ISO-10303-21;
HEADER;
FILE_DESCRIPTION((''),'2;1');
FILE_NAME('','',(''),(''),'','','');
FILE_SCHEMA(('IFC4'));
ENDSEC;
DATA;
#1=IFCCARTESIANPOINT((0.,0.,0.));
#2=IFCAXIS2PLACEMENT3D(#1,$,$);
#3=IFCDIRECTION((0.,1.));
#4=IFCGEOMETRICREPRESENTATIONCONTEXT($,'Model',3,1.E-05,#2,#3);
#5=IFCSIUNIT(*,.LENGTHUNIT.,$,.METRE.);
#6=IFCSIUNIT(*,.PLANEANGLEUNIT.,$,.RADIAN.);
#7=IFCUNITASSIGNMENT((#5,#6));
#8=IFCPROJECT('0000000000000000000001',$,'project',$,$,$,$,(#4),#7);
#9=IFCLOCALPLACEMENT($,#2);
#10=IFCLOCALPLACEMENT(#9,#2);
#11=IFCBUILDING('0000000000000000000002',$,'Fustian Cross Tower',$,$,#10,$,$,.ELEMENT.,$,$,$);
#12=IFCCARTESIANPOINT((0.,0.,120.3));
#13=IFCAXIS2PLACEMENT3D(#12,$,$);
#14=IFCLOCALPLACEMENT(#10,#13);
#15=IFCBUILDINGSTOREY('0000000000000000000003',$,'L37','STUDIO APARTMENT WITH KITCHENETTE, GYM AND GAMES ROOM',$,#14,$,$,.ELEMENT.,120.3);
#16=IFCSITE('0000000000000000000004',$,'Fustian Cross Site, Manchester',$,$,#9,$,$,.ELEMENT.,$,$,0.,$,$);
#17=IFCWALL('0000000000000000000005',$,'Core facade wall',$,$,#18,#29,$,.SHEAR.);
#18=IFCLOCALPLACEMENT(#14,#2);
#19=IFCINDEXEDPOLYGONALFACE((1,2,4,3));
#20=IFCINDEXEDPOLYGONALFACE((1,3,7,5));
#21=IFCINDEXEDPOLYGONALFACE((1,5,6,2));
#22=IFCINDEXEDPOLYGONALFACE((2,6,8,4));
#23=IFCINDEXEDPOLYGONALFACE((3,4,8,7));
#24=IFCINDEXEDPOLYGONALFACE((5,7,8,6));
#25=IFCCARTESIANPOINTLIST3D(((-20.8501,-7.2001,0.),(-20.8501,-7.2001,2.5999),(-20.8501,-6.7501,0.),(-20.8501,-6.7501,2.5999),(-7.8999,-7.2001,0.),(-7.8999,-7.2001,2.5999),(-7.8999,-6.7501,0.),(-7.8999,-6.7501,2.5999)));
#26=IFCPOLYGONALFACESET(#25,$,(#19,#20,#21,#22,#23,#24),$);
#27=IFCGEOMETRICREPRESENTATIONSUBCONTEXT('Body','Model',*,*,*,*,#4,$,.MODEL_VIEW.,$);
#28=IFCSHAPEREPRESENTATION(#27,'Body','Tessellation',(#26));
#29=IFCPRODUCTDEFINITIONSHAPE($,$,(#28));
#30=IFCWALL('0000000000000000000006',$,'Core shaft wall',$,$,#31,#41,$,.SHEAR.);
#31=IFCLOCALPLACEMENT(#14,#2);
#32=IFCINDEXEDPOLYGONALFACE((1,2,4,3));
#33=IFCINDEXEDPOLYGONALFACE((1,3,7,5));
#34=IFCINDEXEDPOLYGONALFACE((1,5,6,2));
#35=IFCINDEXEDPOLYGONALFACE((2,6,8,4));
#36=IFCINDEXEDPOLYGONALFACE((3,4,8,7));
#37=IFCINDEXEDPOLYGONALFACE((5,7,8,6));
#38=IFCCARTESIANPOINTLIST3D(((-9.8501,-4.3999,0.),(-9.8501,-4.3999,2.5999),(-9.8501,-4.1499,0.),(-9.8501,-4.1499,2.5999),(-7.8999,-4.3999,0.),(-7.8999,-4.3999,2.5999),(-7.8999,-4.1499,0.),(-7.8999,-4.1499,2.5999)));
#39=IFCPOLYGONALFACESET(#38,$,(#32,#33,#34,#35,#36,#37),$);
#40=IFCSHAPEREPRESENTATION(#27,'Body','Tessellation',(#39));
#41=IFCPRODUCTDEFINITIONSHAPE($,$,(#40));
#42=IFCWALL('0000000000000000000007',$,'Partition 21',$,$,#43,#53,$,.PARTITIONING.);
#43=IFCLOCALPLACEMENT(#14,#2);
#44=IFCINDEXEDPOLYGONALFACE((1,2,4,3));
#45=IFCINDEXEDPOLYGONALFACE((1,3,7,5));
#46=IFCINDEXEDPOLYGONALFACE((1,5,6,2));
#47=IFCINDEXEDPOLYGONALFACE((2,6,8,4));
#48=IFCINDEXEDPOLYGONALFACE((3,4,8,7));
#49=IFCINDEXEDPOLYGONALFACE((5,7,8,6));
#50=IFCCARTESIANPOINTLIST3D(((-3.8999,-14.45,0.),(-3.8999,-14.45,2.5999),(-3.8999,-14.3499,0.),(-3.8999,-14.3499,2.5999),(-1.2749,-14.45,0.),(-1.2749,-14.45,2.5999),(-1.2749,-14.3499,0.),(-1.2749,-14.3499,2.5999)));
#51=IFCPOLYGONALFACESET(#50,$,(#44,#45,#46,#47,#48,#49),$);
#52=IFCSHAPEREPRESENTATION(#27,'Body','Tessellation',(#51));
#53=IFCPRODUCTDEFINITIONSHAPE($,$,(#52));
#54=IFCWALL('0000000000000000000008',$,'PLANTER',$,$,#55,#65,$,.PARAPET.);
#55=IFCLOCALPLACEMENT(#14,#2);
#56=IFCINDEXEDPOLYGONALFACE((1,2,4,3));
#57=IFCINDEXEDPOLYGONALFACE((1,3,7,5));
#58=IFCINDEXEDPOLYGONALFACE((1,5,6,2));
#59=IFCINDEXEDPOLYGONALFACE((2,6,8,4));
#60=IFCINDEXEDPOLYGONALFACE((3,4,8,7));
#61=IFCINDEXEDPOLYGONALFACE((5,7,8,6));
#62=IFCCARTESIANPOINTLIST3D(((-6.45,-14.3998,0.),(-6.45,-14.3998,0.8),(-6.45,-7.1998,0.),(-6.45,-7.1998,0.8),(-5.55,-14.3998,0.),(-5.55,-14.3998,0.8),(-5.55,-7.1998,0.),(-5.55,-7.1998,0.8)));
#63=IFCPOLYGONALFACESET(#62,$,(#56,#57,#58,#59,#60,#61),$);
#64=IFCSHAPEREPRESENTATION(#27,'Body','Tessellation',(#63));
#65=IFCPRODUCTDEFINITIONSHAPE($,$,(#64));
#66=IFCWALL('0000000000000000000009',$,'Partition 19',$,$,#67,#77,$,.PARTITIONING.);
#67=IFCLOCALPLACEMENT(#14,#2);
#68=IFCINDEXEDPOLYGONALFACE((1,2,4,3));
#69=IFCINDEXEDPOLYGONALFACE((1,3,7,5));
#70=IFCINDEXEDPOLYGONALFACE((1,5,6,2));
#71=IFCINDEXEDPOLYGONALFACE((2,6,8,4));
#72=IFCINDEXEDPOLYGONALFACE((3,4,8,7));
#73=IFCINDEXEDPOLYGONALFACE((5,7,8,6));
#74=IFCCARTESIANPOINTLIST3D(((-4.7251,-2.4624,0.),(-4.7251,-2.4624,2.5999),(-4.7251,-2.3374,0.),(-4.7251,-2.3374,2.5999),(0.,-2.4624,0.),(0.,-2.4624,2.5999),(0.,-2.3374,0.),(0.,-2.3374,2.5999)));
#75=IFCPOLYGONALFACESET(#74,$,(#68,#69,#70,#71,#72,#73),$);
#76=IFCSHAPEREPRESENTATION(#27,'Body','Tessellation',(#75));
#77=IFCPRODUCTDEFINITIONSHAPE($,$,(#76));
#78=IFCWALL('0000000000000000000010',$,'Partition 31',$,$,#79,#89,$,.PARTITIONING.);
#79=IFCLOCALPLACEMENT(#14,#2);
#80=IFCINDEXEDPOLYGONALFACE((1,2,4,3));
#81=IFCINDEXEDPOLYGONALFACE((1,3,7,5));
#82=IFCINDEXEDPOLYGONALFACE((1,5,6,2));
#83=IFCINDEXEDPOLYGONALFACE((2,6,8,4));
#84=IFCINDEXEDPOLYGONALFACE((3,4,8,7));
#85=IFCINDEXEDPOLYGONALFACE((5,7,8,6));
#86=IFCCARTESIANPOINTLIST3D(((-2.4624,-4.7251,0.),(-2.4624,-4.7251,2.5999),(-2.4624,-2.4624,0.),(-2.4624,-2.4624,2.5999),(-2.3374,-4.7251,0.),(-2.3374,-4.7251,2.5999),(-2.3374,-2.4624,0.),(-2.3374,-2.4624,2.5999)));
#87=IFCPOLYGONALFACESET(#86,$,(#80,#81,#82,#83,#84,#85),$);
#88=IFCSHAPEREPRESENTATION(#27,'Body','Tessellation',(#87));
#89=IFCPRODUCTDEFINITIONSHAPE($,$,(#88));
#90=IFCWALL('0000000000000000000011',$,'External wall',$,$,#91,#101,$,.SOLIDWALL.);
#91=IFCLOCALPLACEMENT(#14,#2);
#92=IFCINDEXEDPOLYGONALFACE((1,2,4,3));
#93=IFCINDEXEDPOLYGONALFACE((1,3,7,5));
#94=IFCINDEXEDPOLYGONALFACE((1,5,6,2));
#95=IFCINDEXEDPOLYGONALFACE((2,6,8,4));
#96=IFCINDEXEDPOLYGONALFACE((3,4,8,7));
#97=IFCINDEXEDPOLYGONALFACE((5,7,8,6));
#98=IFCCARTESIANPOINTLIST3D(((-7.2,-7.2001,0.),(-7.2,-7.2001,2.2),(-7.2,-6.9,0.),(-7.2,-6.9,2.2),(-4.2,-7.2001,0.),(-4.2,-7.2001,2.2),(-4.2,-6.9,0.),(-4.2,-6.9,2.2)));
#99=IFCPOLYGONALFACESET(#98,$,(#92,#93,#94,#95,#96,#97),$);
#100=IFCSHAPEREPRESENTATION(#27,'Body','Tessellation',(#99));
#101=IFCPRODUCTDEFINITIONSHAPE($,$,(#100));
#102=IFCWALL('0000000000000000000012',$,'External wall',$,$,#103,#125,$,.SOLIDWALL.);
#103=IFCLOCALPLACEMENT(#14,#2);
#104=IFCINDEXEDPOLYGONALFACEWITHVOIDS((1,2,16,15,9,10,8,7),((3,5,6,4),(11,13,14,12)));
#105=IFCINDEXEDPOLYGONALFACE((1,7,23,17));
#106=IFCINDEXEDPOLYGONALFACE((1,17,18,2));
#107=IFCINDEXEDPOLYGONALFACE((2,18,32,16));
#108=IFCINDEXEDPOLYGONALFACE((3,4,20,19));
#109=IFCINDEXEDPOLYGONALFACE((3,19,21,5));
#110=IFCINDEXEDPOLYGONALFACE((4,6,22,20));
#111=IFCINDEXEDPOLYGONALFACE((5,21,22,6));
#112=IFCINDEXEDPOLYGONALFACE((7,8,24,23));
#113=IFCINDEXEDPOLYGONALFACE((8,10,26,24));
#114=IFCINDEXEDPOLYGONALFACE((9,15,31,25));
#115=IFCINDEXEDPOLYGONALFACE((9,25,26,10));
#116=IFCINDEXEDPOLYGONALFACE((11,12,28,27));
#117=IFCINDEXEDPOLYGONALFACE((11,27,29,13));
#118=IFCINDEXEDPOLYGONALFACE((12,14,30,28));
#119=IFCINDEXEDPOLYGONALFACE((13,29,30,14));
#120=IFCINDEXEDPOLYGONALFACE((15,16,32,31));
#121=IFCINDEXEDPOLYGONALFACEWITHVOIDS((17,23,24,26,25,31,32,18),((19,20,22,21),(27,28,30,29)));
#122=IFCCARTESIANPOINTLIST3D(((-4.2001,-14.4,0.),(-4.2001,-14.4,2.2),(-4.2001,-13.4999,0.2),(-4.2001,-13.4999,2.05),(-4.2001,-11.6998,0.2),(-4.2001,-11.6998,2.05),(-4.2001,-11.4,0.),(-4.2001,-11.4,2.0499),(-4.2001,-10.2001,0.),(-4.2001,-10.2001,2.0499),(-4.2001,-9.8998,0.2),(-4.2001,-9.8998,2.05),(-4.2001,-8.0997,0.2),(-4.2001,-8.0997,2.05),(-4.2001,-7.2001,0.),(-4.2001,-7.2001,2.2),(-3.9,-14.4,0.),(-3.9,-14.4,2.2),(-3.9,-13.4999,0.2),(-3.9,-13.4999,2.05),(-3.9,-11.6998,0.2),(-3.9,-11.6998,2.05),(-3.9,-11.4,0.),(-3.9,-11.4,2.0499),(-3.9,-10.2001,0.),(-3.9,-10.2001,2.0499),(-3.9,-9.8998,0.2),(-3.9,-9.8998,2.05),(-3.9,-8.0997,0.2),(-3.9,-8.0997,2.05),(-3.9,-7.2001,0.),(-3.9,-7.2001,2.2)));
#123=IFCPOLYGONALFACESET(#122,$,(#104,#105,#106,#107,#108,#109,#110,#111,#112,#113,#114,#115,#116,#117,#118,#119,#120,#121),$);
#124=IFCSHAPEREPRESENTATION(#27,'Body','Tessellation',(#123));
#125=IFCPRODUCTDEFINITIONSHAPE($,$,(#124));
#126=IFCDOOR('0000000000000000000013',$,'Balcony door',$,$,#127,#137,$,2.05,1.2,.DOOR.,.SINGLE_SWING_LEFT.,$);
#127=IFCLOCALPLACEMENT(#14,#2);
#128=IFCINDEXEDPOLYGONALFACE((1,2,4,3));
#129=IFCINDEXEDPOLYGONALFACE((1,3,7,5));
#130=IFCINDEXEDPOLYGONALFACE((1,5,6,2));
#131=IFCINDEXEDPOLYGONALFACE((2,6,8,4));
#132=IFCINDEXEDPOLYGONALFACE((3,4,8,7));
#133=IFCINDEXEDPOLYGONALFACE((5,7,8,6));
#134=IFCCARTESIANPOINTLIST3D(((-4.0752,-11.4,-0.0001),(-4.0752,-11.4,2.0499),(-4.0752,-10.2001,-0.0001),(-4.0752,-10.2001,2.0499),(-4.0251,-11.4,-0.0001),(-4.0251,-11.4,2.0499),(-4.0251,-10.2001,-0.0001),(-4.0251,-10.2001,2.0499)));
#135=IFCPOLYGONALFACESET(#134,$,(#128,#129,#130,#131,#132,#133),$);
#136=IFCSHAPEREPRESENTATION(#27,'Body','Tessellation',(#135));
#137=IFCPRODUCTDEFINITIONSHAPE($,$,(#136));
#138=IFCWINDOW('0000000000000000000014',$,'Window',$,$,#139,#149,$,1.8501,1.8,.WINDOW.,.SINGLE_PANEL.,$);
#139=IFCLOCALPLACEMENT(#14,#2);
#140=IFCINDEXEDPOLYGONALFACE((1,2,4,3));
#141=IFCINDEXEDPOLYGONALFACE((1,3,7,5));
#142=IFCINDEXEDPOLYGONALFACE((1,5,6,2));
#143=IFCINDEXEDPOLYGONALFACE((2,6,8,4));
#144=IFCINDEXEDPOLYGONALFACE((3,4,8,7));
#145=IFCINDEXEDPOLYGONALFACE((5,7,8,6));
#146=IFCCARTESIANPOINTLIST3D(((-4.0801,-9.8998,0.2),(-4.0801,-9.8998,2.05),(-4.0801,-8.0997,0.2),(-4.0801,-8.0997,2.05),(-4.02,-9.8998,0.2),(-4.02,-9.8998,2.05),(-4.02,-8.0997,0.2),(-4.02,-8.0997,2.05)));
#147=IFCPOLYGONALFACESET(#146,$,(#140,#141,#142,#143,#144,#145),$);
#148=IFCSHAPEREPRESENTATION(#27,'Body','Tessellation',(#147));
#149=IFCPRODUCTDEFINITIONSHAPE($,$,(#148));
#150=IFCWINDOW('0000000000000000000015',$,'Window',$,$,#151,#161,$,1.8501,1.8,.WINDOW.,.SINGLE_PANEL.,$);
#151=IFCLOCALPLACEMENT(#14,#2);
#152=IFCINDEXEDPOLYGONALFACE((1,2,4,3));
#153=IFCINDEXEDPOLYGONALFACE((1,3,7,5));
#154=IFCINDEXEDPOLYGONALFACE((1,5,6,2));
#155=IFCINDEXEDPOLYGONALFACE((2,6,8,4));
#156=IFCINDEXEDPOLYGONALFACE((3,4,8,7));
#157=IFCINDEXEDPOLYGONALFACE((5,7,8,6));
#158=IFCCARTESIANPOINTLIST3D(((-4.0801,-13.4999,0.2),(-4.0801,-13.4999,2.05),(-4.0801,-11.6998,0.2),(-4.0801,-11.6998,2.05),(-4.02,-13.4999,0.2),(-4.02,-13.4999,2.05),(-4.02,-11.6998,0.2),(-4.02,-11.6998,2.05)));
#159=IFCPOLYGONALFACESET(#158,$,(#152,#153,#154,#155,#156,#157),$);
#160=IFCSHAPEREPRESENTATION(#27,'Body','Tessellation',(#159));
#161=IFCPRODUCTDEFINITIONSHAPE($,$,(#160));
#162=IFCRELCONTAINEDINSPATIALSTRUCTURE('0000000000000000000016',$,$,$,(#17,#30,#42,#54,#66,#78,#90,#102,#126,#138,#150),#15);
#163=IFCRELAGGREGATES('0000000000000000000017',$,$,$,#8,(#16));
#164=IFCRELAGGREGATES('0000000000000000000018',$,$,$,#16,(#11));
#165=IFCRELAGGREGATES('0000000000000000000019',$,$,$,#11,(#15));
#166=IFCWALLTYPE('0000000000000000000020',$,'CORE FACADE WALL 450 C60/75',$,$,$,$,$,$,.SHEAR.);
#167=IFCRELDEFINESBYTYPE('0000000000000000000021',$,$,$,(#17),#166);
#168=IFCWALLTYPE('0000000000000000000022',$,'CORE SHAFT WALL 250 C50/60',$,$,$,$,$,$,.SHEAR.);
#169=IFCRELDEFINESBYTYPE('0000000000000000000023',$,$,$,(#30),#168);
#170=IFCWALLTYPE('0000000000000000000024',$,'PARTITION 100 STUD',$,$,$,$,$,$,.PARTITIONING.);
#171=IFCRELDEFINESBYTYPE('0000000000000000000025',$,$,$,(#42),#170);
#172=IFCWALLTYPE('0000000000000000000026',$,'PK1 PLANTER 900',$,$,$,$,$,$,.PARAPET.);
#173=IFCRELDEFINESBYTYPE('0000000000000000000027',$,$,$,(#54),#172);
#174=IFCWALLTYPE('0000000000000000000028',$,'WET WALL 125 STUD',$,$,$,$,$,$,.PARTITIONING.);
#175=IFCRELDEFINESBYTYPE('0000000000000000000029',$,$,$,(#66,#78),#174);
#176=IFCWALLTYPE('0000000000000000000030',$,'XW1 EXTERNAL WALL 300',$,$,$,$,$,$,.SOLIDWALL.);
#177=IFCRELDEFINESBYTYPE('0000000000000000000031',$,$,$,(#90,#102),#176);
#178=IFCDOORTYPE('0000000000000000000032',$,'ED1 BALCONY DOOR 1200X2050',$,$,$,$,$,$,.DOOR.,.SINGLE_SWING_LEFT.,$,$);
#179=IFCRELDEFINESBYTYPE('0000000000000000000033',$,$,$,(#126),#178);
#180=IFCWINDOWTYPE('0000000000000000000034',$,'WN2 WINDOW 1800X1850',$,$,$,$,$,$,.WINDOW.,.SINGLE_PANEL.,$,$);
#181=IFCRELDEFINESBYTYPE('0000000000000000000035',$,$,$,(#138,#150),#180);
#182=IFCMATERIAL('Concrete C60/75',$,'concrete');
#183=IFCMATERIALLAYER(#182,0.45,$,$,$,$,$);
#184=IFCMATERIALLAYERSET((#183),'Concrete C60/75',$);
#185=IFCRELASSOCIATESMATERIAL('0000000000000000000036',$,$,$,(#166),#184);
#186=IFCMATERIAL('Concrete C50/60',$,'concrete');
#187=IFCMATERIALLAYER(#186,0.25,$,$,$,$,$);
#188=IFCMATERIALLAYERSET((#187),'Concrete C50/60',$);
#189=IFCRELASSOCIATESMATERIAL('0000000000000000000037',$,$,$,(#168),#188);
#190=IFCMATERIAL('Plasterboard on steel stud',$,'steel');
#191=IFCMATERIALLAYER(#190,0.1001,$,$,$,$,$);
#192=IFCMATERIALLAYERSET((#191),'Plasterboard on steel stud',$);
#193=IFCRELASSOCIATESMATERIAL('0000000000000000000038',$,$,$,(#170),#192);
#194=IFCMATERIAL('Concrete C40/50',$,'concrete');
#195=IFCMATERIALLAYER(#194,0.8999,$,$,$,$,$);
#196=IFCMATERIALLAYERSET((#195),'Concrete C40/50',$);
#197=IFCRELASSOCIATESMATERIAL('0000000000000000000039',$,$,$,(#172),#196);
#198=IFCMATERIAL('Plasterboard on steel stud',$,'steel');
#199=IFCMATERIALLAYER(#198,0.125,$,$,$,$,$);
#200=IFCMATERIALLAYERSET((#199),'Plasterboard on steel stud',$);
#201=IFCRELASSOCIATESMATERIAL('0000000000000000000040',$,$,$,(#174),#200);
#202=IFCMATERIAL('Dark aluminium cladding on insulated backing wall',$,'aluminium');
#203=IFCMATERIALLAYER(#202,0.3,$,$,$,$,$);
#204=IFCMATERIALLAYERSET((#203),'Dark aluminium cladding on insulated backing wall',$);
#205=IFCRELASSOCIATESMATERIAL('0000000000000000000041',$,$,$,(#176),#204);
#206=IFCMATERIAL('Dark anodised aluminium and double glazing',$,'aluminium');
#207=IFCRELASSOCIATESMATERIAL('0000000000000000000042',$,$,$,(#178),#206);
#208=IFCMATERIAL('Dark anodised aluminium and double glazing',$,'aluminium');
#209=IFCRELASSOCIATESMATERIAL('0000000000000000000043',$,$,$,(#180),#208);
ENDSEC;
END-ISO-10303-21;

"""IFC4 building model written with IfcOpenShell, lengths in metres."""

from ifc_helpers import new_model, si_unit, direction, frame, frame_2d, origin, place, context, subcontext, project, spatial, rectangle, extrude, material, layer, layer_set, type_object, element, fill, save


model = new_model("IFC4")

# Units and contexts
model_context = context("Model", 3, precision=1e-05, world=origin(), true_north=direction((0.0, 1.0)))
body_context = subcontext(model_context, "Body", "Model", "MODEL_VIEW")
ifc_project = project(units=[si_unit("LENGTHUNIT", "METRE"), si_unit("PLANEANGLEUNIT", "RADIAN")], contexts=[model_context])

# Site, building, storey
site_placement = place(None, origin())
site = spatial("IfcSite", under=ifc_project, at=site_placement, Name="Fustian Cross Site, Manchester", CompositionType="ELEMENT", RefElevation=0.0)
building_placement = place(site_placement, origin())
building = spatial("IfcBuilding", under=site, at=building_placement, Name="Fustian Cross Tower", CompositionType="ELEMENT")
storey_placement = place(building_placement, frame((0.0, 0.0, 120.3)))
storey = spatial("IfcBuildingStorey", under=building, at=storey_placement, Name="L37", Description="STUDIO APARTMENT WITH KITCHENETTE, GYM AND GAMES ROOM", CompositionType="ELEMENT", Elevation=120.3)

# Walls
ifc_material_1 = material(Name="Concrete C60/75", Category="concrete")
ifc_layer_1 = layer(ifc_material_1, 0.45)
ifc_layer_set_1 = layer_set([ifc_layer_1], Name="Concrete C60/75")
wall_type_1 = type_object("IfcWallType", Name="CORE FACADE WALL 450 C60/75", PredefinedType="SHEAR", material=ifc_layer_set_1)
wall_1_placement = place(storey_placement, frame((-7.8999, -6.9751, 0.0), z_axis=(0.0, 0.0, 1.0), x_axis=(-1.0, 0.0, 0.0)))
element("IfcWall", 1, at=wall_1_placement, inside=storey, type_object=wall_type_1, Name="Core facade wall", PredefinedType="SHEAR", context=body_context, shape_type="SweptSolid", body=[
    extrude(rectangle(XDim=12.9502, YDim=0.45, at=frame_2d((6.4751, 0.0))), origin(), (0.0, 0.0, 1.0), 2.5999),
])
ifc_material_2 = material(Name="Concrete C50/60", Category="concrete")
ifc_layer_2 = layer(ifc_material_2, 0.25)
ifc_layer_set_2 = layer_set([ifc_layer_2], Name="Concrete C50/60")
wall_type_2 = type_object("IfcWallType", Name="CORE SHAFT WALL 250 C50/60", PredefinedType="SHEAR", material=ifc_layer_set_2)
wall_2_placement = place(storey_placement, frame((-7.8999, -4.2749, 0.0), z_axis=(0.0, 0.0, 1.0), x_axis=(-1.0, 0.0, 0.0)))
element("IfcWall", 2, at=wall_2_placement, inside=storey, type_object=wall_type_2, Name="Core shaft wall", PredefinedType="SHEAR", context=body_context, shape_type="SweptSolid", body=[
    extrude(rectangle(XDim=1.9502, YDim=0.25, at=frame_2d((0.9751, 0.0))), origin(), (0.0, 0.0, 1.0), 2.5999),
])
ifc_material_3 = material(Name="Plasterboard on steel stud", Category="steel")
ifc_layer_3 = layer(ifc_material_3, 0.1001)
ifc_layer_set_3 = layer_set([ifc_layer_3], Name="Plasterboard on steel stud")
wall_type_3 = type_object("IfcWallType", Name="PARTITION 100 STUD", PredefinedType="PARTITIONING", material=ifc_layer_set_3)
wall_3_placement = place(storey_placement, frame((-3.8999, -14.3999, 0.0), z_axis=(0.0, 0.0, 1.0), x_axis=(1.0, 0.0, 0.0)))
element("IfcWall", 3, at=wall_3_placement, inside=storey, type_object=wall_type_3, Name="Partition 21", PredefinedType="PARTITIONING", context=body_context, shape_type="SweptSolid", body=[
    extrude(rectangle(XDim=2.625, YDim=0.1001, at=frame_2d((1.3125, 0.0))), origin(), (0.0, 0.0, 1.0), 2.5999),
])
ifc_material_4 = material(Name="Concrete C40/50", Category="concrete")
ifc_layer_4 = layer(ifc_material_4, 0.8999)
ifc_layer_set_4 = layer_set([ifc_layer_4], Name="Concrete C40/50")
wall_type_4 = type_object("IfcWallType", Name="PK1 PLANTER 900", PredefinedType="PARAPET", material=ifc_layer_set_4)
wall_4_placement = place(storey_placement, frame((-6.0, -14.3999, 0.0), z_axis=(0.0, 0.0, 1.0), x_axis=(0.0, 1.0, 0.0)))
element("IfcWall", 4, at=wall_4_placement, inside=storey, type_object=wall_type_4, Name="PLANTER", PredefinedType="PARAPET", context=body_context, shape_type="SweptSolid", body=[
    extrude(rectangle(XDim=7.2, YDim=0.8999, at=frame_2d((3.6001, 0.0))), origin(), (0.0, 0.0, 1.0), 0.8),
])
ifc_material_5 = material(Name="Plasterboard on steel stud", Category="steel")
ifc_layer_5 = layer(ifc_material_5, 0.125)
ifc_layer_set_5 = layer_set([ifc_layer_5], Name="Plasterboard on steel stud")
wall_type_5 = type_object("IfcWallType", Name="WET WALL 125 STUD", PredefinedType="PARTITIONING", material=ifc_layer_set_5)
wall_5_placement = place(storey_placement, frame((-4.7251, -2.3999, 0.0), z_axis=(0.0, 0.0, 1.0), x_axis=(1.0, 0.0, 0.0)))
element("IfcWall", 5, at=wall_5_placement, inside=storey, type_object=wall_type_5, Name="Partition 19", PredefinedType="PARTITIONING", context=body_context, shape_type="SweptSolid", body=[
    extrude(rectangle(XDim=4.7251, YDim=0.125, at=frame_2d((2.3625, 0.0))), origin(), (0.0, 0.0, 1.0), 2.5999),
])
wall_6_placement = place(storey_placement, frame((-2.3999, -4.7251, 0.0), z_axis=(0.0, 0.0, 1.0), x_axis=(0.0, 1.0, 0.0)))
element("IfcWall", 6, at=wall_6_placement, inside=storey, type_object=wall_type_5, Name="Partition 31", PredefinedType="PARTITIONING", context=body_context, shape_type="SweptSolid", body=[
    extrude(rectangle(XDim=2.2627, YDim=0.125, at=frame_2d((1.1313, 0.0))), origin(), (0.0, 0.0, 1.0), 2.5999),
])
ifc_material_6 = material(Name="Dark aluminium cladding on insulated backing wall", Category="aluminium")
ifc_layer_6 = layer(ifc_material_6, 0.3)
ifc_layer_set_6 = layer_set([ifc_layer_6], Name="Dark aluminium cladding on insulated backing wall")
wall_type_6 = type_object("IfcWallType", Name="XW1 EXTERNAL WALL 300", PredefinedType="SOLIDWALL", material=ifc_layer_set_6)
wall_7_placement = place(storey_placement, frame((-7.2, -7.05, 0.0), z_axis=(0.0, 0.0, 1.0), x_axis=(1.0, 0.0, 0.0)))
element("IfcWall", 7, at=wall_7_placement, inside=storey, type_object=wall_type_6, Name="External wall", PredefinedType="SOLIDWALL", context=body_context, shape_type="SweptSolid", body=[
    extrude(rectangle(XDim=3.0, YDim=0.3, at=frame_2d((1.5, 0.0))), origin(), (0.0, 0.0, 1.0), 2.2),
])

# Wall, openings, door, windows
wall_8_placement = place(storey_placement, frame((-4.05, -7.2, 0.0), z_axis=(0.0, 0.0, 1.0), x_axis=(0.0, -1.0, 0.0)))
wall_8 = element("IfcWall", 8, at=wall_8_placement, inside=storey, type_object=wall_type_6, Name="External wall", PredefinedType="SOLIDWALL", context=body_context, shape_type="SweptSolid", body=[
    extrude(rectangle(XDim=7.2, YDim=0.3, at=frame_2d((3.6001, 0.0))), origin(), (0.0, 0.0, 1.0), 2.2),
])
opening_1_placement = place(wall_8_placement, frame((3.0, 0.0, 0.0)))
opening_1 = element("IfcOpeningElement", 9, at=opening_1_placement, cuts=wall_8, PredefinedType="OPENING", context=body_context, shape_type="SweptSolid", body=[
    extrude(rectangle(XDim=1.2, YDim=2.05, at=frame_2d((0.6001, 1.0249))), frame((0.0, 0.1599, 0.0), z_axis=(0.0, -1.0, 0.0), x_axis=(1.0, 0.0, 0.0)), (0.0, 0.0, 1.0), 0.3201),
])
opening_2_placement = place(wall_8_placement, frame((0.8999, 0.0, 0.2)))
opening_2 = element("IfcOpeningElement", 10, at=opening_2_placement, cuts=wall_8, PredefinedType="OPENING", context=body_context, shape_type="SweptSolid", body=[
    extrude(rectangle(XDim=1.8, YDim=1.8501, at=frame_2d((0.8999, 0.925))), frame((0.0, 0.1599, 0.0), z_axis=(0.0, -1.0, 0.0), x_axis=(1.0, 0.0, 0.0)), (0.0, 0.0, 1.0), 0.3201),
])
opening_3_placement = place(wall_8_placement, frame((4.5, 0.0, 0.2)))
opening_3 = element("IfcOpeningElement", 11, at=opening_3_placement, cuts=wall_8, PredefinedType="OPENING", context=body_context, shape_type="SweptSolid", body=[
    extrude(rectangle(XDim=1.8, YDim=1.8501, at=frame_2d((0.8999, 0.925))), frame((0.0, 0.1599, 0.0), z_axis=(0.0, -1.0, 0.0), x_axis=(1.0, 0.0, 0.0)), (0.0, 0.0, 1.0), 0.3201),
])
ifc_material_7 = material(Name="Dark anodised aluminium and double glazing", Category="aluminium")
door_type_1 = type_object("IfcDoorType", Name="ED1 BALCONY DOOR 1200X2050", OperationType="SINGLE_SWING_LEFT", PredefinedType="DOOR", material=ifc_material_7)
door_1_placement = place(opening_1_placement, origin())
door_1 = element("IfcDoor", 12, at=door_1_placement, inside=storey, type_object=door_type_1, Name="Balcony door", OperationType="SINGLE_SWING_LEFT", OverallHeight=2.05, OverallWidth=1.2, PredefinedType="DOOR", context=body_context, shape_type="SweptSolid", body=[
    extrude(rectangle(XDim=1.2, YDim=2.05, at=frame_2d((0.6001, 1.0249))), frame((0.0, 0.0249, 0.0), z_axis=(0.0, -1.0, 0.0), x_axis=(1.0, 0.0, 0.0)), (0.0, 0.0, 1.0), 0.05),
])
fill(opening_1, door_1)
ifc_material_8 = material(Name="Dark anodised aluminium and double glazing", Category="aluminium")
window_type = type_object("IfcWindowType", Name="WN2 WINDOW 1800X1850", PartitioningType="SINGLE_PANEL", PredefinedType="WINDOW", material=ifc_material_8)
window_1_placement = place(opening_2_placement, origin())
window_1 = element("IfcWindow", 13, at=window_1_placement, inside=storey, type_object=window_type, Name="Window", OverallHeight=1.8501, OverallWidth=1.8, PartitioningType="SINGLE_PANEL", PredefinedType="WINDOW", context=body_context, shape_type="SweptSolid", body=[
    extrude(rectangle(XDim=1.8, YDim=1.8501, at=frame_2d((0.8999, 0.925))), frame((0.0, 0.03, 0.0), z_axis=(0.0, -1.0, 0.0), x_axis=(1.0, 0.0, 0.0)), (0.0, 0.0, 1.0), 0.0601),
])
fill(opening_2, window_1)
window_2_placement = place(opening_3_placement, origin())
window_2 = element("IfcWindow", 14, at=window_2_placement, inside=storey, type_object=window_type, Name="Window", OverallHeight=1.8501, OverallWidth=1.8, PartitioningType="SINGLE_PANEL", PredefinedType="WINDOW", context=body_context, shape_type="SweptSolid", body=[
    extrude(rectangle(XDim=1.8, YDim=1.8501, at=frame_2d((0.8999, 0.925))), frame((0.0, 0.03, 0.0), z_axis=(0.0, -1.0, 0.0), x_axis=(1.0, 0.0, 0.0)), (0.0, 0.0, 1.0), 0.0601),
])
fill(opening_3, window_2)

save(model, "model.ifc")
